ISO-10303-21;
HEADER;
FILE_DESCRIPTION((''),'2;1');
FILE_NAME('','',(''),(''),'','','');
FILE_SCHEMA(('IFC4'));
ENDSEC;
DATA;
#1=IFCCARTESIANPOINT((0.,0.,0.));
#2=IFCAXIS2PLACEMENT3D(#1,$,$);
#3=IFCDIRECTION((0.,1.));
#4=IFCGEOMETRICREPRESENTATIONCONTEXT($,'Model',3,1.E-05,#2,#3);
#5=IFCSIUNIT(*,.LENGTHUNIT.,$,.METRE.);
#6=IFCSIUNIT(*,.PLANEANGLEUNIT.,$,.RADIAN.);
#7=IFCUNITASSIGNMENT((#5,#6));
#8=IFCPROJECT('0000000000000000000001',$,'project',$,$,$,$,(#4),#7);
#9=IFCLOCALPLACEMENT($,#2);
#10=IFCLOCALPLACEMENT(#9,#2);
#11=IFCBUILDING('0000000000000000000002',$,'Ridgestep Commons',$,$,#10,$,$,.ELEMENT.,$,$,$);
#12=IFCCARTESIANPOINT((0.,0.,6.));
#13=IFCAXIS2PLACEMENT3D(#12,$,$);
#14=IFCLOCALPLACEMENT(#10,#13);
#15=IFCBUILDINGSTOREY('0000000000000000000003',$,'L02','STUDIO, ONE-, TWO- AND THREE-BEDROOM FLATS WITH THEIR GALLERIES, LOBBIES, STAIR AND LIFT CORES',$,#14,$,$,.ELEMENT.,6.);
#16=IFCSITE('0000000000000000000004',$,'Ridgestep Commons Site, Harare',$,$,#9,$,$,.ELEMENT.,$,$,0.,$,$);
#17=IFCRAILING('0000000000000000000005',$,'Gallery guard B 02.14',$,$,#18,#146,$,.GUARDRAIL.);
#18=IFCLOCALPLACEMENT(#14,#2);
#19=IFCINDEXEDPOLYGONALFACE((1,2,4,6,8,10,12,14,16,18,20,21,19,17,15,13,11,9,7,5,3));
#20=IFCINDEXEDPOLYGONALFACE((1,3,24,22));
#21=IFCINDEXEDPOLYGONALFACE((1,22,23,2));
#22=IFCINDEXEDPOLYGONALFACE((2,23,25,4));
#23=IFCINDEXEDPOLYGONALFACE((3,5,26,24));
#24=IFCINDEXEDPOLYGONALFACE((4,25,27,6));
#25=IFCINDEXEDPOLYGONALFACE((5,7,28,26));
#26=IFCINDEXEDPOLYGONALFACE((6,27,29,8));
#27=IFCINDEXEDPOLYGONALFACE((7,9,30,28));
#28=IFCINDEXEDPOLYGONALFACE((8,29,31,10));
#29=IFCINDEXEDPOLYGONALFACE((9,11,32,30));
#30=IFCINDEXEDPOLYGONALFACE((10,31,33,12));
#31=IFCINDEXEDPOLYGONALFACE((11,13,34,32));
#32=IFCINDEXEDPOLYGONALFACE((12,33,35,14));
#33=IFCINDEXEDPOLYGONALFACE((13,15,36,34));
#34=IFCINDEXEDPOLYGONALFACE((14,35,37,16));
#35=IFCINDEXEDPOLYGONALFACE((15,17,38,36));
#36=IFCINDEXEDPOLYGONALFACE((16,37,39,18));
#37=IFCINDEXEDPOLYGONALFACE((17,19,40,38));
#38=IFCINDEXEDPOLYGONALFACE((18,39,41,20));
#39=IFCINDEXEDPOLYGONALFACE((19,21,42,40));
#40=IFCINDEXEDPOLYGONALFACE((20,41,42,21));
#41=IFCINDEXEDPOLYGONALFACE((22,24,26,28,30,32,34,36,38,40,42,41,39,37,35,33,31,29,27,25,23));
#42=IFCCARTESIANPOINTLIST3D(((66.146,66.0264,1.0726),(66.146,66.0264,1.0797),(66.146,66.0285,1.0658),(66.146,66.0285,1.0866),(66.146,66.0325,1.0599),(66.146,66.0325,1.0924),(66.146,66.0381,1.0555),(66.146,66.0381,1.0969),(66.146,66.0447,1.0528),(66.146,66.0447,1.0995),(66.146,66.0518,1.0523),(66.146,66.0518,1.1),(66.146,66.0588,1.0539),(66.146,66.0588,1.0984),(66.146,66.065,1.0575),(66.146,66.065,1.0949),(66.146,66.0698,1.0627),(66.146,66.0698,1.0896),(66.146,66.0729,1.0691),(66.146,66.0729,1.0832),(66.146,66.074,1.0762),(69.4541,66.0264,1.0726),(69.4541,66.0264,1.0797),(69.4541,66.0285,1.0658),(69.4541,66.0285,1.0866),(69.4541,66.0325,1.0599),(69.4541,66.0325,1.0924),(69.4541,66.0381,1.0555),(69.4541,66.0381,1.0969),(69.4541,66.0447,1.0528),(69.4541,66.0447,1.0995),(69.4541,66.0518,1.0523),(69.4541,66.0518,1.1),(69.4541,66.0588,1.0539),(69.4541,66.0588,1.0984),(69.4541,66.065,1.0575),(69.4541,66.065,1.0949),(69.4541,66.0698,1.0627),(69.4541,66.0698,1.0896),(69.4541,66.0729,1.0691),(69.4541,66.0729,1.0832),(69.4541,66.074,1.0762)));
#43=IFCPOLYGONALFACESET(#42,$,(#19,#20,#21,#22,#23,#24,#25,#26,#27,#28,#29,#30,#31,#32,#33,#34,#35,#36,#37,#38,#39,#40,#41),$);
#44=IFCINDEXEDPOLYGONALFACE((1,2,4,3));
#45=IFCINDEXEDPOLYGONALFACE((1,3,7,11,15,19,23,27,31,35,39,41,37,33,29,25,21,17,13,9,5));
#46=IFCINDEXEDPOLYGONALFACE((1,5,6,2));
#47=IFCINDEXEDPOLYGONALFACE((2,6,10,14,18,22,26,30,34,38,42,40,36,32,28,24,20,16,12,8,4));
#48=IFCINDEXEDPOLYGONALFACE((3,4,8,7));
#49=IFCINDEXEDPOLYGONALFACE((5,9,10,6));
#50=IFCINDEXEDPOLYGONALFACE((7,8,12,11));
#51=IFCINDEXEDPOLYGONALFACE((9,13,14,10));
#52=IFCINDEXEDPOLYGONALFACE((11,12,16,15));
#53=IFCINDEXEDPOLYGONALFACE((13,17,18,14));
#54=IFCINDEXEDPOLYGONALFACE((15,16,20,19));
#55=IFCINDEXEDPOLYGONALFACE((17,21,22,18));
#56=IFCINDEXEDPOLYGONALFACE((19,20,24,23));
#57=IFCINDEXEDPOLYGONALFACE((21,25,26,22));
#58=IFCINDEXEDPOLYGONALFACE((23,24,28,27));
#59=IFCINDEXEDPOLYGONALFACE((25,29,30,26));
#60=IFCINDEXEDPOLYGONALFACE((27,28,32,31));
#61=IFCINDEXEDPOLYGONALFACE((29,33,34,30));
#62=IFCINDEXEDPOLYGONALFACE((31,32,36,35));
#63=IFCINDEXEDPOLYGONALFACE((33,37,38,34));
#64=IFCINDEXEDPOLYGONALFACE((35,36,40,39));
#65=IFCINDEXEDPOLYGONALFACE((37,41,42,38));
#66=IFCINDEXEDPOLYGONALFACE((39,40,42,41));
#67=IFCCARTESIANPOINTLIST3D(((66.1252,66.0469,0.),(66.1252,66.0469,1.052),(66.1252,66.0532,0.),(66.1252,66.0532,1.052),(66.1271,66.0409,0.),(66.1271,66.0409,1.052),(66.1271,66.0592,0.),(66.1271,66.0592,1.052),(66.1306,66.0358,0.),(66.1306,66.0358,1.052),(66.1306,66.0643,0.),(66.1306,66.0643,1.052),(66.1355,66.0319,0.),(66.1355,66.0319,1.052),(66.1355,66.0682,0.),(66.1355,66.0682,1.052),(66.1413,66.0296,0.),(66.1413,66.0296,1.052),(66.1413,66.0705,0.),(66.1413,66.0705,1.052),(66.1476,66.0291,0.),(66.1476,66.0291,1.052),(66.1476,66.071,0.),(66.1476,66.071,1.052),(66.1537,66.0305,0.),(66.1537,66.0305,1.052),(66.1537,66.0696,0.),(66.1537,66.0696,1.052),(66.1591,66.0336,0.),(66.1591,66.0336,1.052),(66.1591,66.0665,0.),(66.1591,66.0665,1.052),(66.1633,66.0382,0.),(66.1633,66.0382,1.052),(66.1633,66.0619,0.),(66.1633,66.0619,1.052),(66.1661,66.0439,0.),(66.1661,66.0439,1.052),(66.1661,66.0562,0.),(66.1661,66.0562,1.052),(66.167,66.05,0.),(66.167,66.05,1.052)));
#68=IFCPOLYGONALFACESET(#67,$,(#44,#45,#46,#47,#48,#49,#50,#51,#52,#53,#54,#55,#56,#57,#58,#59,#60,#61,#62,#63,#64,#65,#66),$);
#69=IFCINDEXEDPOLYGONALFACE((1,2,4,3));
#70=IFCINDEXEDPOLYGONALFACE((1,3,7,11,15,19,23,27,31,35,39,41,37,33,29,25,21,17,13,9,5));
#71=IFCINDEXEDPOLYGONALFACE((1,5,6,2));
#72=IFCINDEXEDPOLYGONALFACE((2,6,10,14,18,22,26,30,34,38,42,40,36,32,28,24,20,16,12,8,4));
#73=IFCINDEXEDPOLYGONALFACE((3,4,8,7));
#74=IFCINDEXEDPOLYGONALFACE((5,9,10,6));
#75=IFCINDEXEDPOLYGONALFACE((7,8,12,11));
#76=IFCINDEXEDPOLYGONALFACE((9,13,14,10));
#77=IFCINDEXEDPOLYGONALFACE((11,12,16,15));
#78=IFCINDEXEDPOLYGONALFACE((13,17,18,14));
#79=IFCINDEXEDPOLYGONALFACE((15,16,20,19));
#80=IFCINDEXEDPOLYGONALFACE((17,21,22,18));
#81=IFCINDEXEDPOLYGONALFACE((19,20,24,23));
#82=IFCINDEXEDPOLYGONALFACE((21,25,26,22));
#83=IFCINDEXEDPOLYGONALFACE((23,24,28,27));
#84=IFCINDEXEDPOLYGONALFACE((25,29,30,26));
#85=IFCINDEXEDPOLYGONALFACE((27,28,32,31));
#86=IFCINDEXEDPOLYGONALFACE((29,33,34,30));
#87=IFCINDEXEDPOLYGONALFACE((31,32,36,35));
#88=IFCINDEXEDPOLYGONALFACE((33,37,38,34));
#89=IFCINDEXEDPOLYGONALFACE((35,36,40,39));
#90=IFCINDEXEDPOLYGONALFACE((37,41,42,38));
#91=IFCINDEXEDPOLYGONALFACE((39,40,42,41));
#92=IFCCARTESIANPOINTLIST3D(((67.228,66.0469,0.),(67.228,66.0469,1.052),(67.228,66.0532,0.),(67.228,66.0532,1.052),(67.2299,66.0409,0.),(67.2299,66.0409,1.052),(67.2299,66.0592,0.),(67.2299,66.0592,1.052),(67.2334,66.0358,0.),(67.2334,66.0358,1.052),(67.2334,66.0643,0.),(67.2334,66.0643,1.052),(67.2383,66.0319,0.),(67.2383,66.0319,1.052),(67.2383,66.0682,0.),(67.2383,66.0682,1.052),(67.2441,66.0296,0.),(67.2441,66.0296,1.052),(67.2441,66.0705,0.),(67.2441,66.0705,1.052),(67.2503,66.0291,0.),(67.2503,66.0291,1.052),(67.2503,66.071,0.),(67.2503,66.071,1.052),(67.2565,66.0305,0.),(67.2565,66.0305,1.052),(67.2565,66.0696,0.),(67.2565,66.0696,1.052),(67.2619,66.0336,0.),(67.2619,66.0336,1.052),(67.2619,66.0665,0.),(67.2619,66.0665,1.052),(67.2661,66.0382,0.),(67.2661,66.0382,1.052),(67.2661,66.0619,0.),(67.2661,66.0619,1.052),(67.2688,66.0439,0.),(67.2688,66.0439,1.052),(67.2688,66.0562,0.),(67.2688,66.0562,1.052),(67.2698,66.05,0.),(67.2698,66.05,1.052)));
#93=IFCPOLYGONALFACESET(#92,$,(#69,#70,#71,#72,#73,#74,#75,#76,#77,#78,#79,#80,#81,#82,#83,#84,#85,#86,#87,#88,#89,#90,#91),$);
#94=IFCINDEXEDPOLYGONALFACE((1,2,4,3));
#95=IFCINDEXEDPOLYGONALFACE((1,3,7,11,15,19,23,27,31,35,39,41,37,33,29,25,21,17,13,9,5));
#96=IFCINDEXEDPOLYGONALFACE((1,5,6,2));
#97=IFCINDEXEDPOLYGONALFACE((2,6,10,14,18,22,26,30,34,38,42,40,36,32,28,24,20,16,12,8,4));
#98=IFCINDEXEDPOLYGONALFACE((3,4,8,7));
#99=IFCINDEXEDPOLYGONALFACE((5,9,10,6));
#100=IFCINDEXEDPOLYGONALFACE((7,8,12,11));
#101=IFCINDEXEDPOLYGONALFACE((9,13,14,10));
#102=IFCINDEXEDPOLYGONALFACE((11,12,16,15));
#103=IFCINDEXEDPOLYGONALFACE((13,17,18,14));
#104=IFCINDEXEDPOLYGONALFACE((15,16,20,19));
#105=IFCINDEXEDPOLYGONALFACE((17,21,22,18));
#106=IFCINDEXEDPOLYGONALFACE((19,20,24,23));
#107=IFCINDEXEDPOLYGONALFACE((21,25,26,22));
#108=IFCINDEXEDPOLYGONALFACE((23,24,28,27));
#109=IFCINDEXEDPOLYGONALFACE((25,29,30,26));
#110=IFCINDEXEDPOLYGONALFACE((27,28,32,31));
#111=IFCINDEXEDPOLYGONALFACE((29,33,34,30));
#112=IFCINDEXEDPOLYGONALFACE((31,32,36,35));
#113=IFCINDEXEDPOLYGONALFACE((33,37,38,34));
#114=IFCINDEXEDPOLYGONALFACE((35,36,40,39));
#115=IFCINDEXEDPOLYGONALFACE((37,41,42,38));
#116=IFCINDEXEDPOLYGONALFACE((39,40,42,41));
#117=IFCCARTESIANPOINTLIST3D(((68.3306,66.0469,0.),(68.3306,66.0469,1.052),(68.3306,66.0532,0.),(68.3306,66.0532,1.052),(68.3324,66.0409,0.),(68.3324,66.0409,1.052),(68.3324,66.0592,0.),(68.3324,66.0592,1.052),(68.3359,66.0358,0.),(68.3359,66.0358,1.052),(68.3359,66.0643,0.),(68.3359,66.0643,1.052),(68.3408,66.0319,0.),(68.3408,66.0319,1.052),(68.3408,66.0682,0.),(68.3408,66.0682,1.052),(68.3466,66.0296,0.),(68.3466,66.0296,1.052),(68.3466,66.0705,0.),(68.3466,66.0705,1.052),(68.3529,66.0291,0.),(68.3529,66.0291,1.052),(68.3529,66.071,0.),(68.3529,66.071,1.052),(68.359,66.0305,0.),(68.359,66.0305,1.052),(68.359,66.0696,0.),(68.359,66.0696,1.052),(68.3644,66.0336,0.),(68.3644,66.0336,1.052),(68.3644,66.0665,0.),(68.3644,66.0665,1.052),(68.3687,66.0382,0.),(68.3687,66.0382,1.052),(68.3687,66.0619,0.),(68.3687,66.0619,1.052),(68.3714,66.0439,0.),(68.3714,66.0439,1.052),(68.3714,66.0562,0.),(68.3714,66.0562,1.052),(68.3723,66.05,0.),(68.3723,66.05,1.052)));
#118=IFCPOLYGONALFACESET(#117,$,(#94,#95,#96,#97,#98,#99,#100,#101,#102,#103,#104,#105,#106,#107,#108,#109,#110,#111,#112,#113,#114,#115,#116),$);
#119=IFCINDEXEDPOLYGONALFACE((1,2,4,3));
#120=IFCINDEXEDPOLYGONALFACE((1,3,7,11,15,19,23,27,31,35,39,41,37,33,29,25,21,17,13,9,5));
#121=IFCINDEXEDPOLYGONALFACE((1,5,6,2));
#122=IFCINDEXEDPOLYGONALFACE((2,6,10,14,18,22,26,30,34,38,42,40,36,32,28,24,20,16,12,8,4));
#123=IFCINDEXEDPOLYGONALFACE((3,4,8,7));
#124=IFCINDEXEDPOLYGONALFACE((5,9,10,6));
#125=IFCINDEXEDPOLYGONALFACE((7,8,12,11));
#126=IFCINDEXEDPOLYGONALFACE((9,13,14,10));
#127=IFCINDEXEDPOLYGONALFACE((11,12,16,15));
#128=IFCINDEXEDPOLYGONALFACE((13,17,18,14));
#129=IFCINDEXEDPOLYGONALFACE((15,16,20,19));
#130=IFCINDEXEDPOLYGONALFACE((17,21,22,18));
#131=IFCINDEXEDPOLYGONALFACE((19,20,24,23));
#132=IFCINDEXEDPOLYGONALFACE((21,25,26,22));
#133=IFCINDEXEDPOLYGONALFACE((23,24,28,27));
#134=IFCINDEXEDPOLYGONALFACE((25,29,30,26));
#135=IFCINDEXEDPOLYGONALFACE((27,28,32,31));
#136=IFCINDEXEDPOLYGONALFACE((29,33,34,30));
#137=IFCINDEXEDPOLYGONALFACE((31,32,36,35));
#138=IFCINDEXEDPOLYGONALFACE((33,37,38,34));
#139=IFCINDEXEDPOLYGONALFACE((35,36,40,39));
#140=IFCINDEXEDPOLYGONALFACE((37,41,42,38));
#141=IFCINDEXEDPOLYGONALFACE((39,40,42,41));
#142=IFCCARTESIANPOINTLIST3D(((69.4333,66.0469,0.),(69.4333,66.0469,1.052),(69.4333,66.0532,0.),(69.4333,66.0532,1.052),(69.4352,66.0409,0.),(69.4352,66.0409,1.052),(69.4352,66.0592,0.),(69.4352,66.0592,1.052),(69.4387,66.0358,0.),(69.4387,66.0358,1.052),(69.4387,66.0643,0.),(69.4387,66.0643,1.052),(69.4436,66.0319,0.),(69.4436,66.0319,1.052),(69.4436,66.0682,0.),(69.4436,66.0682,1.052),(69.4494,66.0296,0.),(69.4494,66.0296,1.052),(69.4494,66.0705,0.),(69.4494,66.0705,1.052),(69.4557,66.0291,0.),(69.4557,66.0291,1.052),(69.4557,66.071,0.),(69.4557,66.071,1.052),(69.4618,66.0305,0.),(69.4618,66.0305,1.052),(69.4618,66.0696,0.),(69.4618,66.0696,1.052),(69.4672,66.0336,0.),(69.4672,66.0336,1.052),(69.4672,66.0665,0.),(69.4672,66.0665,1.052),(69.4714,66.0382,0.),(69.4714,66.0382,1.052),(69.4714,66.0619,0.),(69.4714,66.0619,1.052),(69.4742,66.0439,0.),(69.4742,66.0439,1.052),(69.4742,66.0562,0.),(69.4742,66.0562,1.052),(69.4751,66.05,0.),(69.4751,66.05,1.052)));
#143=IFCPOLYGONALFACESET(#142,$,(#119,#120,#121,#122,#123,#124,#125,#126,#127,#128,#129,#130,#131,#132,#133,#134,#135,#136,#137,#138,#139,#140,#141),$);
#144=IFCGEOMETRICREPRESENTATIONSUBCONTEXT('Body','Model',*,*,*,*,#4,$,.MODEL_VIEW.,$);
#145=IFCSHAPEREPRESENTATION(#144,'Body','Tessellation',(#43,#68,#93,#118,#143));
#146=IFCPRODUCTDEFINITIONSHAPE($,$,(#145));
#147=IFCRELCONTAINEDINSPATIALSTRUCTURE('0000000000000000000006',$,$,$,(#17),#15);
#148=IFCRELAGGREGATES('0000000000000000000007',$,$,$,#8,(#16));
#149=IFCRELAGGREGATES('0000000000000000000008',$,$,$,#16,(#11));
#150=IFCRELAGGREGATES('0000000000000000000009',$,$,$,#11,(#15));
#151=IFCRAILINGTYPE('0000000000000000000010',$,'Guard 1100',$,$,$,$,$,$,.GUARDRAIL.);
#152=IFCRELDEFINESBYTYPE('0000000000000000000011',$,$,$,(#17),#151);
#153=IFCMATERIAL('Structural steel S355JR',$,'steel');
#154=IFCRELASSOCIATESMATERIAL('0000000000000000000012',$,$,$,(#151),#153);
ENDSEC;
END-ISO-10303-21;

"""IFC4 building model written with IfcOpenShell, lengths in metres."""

from ifc_helpers import new_model, si_unit, direction, frame, origin, origin_2d, place, context, subcontext, project, spatial, circle, extrude, material, type_object, element, save


model = new_model("IFC4")

# Units and contexts
model_context = context("Model", 3, precision=1e-05, world=origin(), true_north=direction((0.0, 1.0)))
body_context = subcontext(model_context, "Body", "Model", "MODEL_VIEW")
ifc_project = project(units=[si_unit("LENGTHUNIT", "METRE"), si_unit("PLANEANGLEUNIT", "RADIAN")], contexts=[model_context])

# Site, building, storey
site_placement = place(None, origin())
site = spatial("IfcSite", under=ifc_project, at=site_placement, Name="Ridgestep Commons Site, Harare", CompositionType="ELEMENT", RefElevation=0.0)
building_placement = place(site_placement, origin())
building = spatial("IfcBuilding", under=site, at=building_placement, Name="Ridgestep Commons", CompositionType="ELEMENT")
storey_placement = place(building_placement, frame((0.0, 0.0, 6.0)))
storey = spatial("IfcBuildingStorey", under=building, at=storey_placement, Name="L02", Description="STUDIO, ONE-, TWO- AND THREE-BEDROOM FLATS WITH THEIR GALLERIES, LOBBIES, STAIR AND LIFT CORES", CompositionType="ELEMENT", Elevation=6.0)

# Railing
ifc_material_1 = material(Name="Structural steel S355JR", Category="steel")
railing_type = type_object("IfcRailingType", Name="Guard 1100", PredefinedType="GUARDRAIL", material=ifc_material_1)
railing_1_placement = place(storey_placement, frame((66.146, 66.05, 0.0)))
element("IfcRailing", 1, at=railing_1_placement, inside=storey, type_object=railing_type, Name="Gallery guard B 02.14", PredefinedType="GUARDRAIL", context=body_context, shape_type="SweptSolid", body=[
    extrude(circle(Radius=0.0239, at=origin_2d()), frame((0.0, 0.0, 1.0762), z_axis=(1.0, 0.0, 0.0), x_axis=(0.0, 1.0, 0.0)), (0.0, 0.0, 1.0), 3.3081),
    extrude(circle(Radius=0.021, at=origin_2d()), origin(), (0.0, 0.0, 1.0), 1.052),
    extrude(circle(Radius=0.021, at=origin_2d()), frame((1.1028, 0.0, 0.0)), (0.0, 0.0, 1.0), 1.052),
    extrude(circle(Radius=0.021, at=origin_2d()), frame((2.2053, 0.0, 0.0)), (0.0, 0.0, 1.0), 1.052),
    extrude(circle(Radius=0.021, at=origin_2d()), frame((3.3081, 0.0, 0.0)), (0.0, 0.0, 1.0), 1.052),
])

save(model, "model.ifc")
